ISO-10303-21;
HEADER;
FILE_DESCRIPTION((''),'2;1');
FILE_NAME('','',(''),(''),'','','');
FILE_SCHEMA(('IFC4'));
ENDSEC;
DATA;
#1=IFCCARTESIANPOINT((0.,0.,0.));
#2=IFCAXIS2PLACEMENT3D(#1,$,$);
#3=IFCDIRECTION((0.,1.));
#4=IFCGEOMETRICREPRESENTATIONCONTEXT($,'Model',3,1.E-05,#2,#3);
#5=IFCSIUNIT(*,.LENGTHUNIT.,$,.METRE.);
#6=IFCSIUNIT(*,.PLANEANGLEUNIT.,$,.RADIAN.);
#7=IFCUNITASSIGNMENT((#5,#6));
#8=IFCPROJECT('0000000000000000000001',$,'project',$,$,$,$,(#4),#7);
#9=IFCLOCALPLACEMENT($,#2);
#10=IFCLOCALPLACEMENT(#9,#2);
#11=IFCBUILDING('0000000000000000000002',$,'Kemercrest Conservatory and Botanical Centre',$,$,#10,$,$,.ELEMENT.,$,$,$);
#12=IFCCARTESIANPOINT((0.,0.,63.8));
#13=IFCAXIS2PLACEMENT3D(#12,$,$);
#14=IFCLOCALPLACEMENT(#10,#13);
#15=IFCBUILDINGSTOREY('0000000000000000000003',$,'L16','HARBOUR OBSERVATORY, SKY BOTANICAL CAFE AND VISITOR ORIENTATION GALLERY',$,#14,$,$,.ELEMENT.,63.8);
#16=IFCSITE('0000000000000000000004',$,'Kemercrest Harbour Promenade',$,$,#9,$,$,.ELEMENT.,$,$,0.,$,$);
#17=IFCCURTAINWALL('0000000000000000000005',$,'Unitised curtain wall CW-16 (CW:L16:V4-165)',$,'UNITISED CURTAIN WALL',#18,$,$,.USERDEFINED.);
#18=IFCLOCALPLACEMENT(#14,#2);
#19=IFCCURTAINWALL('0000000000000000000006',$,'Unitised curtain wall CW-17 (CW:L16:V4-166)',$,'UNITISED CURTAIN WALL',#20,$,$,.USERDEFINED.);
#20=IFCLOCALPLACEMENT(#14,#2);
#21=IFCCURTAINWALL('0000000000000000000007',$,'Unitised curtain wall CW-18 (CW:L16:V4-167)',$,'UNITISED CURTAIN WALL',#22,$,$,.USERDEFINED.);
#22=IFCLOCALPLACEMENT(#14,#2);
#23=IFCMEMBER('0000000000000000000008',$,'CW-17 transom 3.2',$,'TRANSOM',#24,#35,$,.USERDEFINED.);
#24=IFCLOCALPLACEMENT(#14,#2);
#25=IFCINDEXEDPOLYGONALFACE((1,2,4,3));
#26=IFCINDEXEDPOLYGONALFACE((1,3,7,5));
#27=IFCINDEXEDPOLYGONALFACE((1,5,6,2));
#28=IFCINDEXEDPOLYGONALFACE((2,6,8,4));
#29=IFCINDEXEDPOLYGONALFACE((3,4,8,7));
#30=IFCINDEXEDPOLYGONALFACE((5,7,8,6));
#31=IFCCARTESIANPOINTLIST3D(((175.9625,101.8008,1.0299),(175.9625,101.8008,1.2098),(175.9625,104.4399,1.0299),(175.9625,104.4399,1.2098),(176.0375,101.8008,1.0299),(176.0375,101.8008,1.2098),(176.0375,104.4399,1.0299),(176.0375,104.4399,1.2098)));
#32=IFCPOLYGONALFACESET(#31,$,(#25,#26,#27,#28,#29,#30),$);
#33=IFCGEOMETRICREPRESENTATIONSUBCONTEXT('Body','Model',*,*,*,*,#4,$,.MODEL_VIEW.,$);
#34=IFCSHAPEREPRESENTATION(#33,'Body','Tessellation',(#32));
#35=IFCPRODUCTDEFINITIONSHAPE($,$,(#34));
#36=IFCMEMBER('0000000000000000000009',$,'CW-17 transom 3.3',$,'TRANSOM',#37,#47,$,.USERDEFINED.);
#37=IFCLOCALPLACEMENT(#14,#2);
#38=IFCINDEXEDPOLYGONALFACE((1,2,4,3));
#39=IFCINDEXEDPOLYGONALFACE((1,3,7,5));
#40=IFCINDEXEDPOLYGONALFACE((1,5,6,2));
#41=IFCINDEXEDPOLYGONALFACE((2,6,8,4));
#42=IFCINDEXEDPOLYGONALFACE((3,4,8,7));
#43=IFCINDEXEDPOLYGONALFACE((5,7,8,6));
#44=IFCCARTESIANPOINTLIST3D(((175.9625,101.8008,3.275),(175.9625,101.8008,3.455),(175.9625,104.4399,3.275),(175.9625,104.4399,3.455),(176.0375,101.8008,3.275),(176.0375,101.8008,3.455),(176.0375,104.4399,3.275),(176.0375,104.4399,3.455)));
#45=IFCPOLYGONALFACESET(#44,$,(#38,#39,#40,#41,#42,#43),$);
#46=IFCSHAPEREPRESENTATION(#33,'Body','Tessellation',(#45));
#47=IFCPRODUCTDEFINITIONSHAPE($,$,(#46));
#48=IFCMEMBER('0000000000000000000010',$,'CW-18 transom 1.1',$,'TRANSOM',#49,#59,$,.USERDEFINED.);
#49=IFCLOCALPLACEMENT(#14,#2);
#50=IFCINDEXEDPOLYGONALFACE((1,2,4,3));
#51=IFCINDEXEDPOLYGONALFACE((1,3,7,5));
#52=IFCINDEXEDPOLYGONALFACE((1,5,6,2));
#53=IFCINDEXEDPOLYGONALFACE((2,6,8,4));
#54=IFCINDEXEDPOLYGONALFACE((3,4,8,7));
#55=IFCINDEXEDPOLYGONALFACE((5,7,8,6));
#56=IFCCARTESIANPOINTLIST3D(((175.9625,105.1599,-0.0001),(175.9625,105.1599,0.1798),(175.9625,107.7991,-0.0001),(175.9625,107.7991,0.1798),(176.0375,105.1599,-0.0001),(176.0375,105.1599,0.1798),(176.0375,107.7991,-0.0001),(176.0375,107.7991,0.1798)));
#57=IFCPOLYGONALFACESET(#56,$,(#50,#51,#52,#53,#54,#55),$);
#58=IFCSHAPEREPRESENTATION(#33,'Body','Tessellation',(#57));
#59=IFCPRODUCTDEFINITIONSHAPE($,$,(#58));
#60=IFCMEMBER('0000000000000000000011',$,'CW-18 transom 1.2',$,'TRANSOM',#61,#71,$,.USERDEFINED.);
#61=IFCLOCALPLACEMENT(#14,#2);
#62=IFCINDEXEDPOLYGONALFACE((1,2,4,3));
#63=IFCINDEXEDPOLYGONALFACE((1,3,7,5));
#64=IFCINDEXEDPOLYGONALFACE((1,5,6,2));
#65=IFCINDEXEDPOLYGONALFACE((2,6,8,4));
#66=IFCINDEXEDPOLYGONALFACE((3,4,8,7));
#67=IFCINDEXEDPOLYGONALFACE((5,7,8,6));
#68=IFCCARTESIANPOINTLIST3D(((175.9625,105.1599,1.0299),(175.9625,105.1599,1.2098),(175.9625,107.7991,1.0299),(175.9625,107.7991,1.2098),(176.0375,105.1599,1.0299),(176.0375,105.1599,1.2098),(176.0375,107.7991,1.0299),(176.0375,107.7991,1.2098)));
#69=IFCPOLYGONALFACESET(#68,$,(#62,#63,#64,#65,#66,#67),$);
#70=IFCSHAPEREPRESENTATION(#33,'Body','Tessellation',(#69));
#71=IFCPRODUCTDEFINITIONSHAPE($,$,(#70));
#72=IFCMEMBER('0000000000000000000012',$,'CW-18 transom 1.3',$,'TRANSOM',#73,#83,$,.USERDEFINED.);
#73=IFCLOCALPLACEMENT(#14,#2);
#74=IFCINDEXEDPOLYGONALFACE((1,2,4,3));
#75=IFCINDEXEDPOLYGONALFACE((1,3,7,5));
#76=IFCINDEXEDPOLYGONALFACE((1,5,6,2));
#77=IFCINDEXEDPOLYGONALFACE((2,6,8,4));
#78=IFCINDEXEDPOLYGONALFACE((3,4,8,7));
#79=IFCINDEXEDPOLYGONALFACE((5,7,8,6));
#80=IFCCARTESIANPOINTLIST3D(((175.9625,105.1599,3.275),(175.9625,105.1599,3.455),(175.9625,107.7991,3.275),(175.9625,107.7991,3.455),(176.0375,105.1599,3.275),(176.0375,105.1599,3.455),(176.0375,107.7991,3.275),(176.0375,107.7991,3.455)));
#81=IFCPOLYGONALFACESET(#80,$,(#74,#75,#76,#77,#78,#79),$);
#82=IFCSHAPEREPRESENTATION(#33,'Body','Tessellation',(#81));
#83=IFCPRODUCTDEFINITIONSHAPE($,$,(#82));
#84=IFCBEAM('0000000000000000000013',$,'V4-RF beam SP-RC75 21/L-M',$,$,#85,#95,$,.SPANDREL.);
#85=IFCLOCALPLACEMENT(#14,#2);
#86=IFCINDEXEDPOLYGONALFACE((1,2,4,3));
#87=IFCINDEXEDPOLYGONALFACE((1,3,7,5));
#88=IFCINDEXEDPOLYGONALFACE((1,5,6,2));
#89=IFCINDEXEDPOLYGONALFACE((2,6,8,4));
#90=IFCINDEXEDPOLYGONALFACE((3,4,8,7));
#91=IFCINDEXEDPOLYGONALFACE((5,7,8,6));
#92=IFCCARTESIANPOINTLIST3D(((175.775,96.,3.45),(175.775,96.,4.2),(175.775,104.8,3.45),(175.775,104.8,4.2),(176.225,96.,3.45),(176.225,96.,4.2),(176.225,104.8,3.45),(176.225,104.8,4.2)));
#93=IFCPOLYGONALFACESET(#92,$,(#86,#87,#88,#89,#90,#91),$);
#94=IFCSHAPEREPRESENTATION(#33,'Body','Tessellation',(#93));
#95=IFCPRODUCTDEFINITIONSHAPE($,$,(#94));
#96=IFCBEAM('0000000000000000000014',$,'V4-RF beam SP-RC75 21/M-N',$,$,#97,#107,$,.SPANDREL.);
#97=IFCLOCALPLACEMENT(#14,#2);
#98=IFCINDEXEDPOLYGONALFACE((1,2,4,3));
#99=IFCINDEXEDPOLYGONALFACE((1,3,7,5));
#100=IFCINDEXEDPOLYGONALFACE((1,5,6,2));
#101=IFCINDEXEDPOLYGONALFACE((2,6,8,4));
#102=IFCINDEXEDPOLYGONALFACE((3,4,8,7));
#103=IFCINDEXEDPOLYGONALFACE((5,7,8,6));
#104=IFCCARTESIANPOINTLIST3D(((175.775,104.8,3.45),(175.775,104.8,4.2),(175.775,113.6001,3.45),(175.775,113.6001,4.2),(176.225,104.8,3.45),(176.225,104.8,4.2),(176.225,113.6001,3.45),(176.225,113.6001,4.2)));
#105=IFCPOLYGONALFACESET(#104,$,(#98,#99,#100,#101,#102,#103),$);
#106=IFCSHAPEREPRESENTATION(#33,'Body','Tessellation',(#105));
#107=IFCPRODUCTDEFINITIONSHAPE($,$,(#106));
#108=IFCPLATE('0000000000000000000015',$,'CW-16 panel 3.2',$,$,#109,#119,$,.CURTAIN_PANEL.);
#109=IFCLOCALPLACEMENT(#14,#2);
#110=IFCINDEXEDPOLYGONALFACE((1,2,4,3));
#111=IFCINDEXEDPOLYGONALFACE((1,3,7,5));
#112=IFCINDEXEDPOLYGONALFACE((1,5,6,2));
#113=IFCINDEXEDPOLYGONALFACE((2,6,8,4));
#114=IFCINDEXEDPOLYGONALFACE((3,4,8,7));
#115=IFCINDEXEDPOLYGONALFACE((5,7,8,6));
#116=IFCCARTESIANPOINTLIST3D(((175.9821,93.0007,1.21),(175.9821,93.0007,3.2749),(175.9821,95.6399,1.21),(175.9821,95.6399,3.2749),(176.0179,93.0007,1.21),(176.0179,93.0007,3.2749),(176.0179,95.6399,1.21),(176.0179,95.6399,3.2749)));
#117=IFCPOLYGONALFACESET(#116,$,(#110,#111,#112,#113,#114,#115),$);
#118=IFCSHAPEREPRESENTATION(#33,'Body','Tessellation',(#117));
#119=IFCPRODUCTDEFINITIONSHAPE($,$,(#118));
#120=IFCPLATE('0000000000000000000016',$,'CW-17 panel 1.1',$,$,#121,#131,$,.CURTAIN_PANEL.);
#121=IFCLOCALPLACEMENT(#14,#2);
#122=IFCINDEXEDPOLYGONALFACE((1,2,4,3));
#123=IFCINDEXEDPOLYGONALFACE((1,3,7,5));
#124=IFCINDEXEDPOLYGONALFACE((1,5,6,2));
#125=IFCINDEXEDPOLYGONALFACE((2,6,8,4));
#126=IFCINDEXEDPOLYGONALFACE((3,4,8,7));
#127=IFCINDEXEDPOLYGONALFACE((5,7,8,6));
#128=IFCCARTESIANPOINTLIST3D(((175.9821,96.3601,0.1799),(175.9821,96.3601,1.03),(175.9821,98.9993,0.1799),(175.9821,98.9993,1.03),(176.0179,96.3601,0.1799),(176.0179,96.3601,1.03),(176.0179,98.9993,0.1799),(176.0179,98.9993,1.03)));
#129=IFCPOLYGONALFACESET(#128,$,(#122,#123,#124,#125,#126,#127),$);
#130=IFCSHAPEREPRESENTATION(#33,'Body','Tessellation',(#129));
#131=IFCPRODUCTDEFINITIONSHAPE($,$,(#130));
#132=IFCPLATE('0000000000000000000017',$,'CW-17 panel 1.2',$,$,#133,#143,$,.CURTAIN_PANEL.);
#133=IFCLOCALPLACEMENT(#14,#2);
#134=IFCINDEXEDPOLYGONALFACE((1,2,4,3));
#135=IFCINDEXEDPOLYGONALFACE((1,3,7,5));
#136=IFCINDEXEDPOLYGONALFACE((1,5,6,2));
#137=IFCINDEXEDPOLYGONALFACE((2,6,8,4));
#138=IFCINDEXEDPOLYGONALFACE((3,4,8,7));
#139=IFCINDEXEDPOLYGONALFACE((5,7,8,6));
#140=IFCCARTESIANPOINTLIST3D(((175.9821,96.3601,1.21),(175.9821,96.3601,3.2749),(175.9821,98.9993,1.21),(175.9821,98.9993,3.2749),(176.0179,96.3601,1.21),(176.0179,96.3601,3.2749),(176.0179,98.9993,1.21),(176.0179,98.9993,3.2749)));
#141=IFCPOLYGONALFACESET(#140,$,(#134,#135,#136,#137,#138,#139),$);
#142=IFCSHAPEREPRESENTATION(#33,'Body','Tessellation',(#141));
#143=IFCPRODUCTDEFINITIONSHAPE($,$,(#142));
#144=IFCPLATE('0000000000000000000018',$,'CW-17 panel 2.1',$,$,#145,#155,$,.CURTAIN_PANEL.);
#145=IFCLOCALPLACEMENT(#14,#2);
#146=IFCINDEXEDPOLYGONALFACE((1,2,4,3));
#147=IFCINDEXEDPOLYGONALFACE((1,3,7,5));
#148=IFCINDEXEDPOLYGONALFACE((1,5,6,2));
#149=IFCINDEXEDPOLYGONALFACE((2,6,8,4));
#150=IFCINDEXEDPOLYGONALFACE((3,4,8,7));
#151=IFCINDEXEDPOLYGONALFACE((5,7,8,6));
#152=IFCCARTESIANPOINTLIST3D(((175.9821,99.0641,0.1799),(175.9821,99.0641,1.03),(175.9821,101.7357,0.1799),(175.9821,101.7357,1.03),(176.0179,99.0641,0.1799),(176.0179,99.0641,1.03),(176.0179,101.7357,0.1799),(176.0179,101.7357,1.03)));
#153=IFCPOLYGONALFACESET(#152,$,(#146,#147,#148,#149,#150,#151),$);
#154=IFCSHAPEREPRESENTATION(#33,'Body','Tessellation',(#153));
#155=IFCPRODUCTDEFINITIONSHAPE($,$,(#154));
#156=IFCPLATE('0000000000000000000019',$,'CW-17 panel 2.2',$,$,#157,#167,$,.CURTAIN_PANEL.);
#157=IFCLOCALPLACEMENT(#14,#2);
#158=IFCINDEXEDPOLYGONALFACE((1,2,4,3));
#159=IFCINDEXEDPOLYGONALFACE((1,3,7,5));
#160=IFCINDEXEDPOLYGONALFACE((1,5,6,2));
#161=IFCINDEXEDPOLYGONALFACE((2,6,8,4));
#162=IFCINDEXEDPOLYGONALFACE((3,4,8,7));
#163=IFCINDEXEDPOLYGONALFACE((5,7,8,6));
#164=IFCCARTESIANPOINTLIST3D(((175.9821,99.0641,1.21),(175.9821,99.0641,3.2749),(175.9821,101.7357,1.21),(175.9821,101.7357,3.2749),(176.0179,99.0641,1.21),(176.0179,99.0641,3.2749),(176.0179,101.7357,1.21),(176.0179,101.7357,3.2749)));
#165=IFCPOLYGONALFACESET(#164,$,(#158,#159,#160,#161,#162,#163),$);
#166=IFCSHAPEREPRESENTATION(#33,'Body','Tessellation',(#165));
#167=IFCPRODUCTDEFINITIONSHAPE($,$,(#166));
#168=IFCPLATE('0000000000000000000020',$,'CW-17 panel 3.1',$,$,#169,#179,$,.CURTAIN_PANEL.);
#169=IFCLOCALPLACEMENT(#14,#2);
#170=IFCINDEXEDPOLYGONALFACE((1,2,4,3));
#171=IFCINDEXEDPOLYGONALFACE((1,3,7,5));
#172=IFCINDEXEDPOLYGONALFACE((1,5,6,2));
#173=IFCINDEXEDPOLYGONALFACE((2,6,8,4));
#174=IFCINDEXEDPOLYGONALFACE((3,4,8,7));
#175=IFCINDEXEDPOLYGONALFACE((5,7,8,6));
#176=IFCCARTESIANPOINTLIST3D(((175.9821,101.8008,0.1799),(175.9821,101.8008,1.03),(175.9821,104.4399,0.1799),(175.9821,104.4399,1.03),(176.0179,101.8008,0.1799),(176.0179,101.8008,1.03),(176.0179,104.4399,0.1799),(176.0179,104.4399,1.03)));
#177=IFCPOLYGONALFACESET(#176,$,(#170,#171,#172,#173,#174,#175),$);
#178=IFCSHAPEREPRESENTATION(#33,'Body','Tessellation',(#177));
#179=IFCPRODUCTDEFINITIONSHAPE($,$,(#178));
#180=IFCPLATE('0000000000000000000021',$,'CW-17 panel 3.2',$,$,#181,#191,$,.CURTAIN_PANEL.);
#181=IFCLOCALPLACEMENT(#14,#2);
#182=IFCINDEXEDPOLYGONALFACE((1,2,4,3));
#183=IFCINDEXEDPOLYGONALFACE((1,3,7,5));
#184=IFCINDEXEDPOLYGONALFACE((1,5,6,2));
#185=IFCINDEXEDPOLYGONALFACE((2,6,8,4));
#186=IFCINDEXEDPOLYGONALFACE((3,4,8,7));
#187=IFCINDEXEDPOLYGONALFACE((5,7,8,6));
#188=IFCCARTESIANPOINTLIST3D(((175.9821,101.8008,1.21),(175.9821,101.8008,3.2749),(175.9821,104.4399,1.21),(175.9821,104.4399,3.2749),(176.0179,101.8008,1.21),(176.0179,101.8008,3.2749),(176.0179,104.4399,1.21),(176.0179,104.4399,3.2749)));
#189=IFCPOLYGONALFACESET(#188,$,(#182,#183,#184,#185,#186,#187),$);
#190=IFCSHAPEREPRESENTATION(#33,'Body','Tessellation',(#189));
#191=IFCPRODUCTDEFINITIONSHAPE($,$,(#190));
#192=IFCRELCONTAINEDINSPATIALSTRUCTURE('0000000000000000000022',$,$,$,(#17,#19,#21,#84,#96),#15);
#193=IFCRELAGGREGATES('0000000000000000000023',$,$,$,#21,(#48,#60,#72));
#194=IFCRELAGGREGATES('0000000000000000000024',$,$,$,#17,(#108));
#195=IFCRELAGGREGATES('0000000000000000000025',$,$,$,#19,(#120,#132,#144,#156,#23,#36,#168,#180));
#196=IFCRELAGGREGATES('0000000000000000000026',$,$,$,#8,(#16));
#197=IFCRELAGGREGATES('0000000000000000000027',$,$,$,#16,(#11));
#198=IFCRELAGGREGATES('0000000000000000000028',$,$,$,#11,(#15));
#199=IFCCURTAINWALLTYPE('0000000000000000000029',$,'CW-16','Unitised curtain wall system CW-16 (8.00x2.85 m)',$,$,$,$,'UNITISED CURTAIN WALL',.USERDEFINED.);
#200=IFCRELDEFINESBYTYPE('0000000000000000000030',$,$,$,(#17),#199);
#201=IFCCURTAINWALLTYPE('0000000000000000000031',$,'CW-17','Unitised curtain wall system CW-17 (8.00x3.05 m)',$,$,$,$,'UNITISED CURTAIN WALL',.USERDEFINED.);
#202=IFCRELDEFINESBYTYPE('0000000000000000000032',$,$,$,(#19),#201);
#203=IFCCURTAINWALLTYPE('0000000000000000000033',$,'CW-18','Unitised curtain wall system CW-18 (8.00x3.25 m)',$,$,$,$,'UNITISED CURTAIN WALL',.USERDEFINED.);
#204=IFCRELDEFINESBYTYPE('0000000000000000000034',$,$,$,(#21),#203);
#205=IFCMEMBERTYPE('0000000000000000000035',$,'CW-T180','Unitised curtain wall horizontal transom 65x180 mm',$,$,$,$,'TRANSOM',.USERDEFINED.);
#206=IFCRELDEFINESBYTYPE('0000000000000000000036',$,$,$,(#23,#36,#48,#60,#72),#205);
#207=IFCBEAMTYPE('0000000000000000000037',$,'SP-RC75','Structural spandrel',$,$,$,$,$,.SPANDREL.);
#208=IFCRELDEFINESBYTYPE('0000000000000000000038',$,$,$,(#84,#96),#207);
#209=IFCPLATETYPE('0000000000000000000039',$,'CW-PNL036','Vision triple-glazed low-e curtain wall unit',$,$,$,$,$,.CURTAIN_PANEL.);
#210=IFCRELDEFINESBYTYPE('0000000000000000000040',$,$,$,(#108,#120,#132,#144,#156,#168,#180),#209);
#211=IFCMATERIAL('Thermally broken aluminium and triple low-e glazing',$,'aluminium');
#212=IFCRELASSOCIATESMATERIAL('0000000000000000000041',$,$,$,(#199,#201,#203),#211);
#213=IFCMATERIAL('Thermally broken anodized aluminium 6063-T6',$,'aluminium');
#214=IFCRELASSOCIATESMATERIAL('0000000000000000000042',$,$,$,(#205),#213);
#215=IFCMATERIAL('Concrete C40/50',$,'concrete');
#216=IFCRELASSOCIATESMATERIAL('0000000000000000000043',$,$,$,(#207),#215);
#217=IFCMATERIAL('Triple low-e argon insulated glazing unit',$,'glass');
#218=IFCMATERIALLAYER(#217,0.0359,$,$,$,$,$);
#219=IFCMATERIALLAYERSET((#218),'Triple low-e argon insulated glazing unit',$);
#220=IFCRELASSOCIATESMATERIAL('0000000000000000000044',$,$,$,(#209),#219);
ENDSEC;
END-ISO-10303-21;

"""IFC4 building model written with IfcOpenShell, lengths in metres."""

from ifc_helpers import new_model, si_unit, direction, frame, origin, origin_2d, place, context, subcontext, project, spatial, rectangle, extrude, material, layer, layer_set, material_profile, profile_set, type_object, element, aggregate, save


model = new_model("IFC4")

# Units and contexts
model_context = context("Model", 3, precision=1e-05, world=origin(), true_north=direction((0.0, 1.0)))
body_context = subcontext(model_context, "Body", "Model", "MODEL_VIEW")
ifc_project = project(units=[si_unit("LENGTHUNIT", "METRE"), si_unit("PLANEANGLEUNIT", "RADIAN")], contexts=[model_context])

# Site, building, storey
site_placement = place(None, origin())
site = spatial("IfcSite", under=ifc_project, at=site_placement, Name="Kemercrest Harbour Promenade", CompositionType="ELEMENT", RefElevation=0.0)
building_placement = place(site_placement, origin())
building = spatial("IfcBuilding", under=site, at=building_placement, Name="Kemercrest Conservatory and Botanical Centre", CompositionType="ELEMENT")
storey_placement = place(building_placement, frame((0.0, 0.0, 63.8)))
storey = spatial("IfcBuildingStorey", under=building, at=storey_placement, Name="L16", Description="HARBOUR OBSERVATORY, SKY BOTANICAL CAFE AND VISITOR ORIENTATION GALLERY", CompositionType="ELEMENT", Elevation=63.8)

# Shared definitions
ifc_material_1 = material(Name="Concrete C40/50", Category="concrete")

# Curtain wall
ifc_material_2 = material(Name="Thermally broken aluminium and triple low-e glazing", Category="aluminium")
curtain_wall_type_1 = type_object("IfcCurtainWallType", Name="CW-16", Description="Unitised curtain wall system CW-16 (8.00x2.85 m)", ElementType="UNITISED CURTAIN WALL", PredefinedType="USERDEFINED", material=ifc_material_2)
curtain_wall_1_placement = place(storey_placement, origin())
curtain_wall_1 = element("IfcCurtainWall", 1, at=curtain_wall_1_placement, inside=storey, type_object=curtain_wall_type_1, Name="Unitised curtain wall CW-16 (CW:L16:V4-165)", ObjectType="UNITISED CURTAIN WALL", PredefinedType="USERDEFINED")
ifc_material_3 = material(Name="Thermally broken anodized aluminium 6063-T6", Category="aluminium")

# Curtain wall
curtain_wall_type_2 = type_object("IfcCurtainWallType", Name="CW-17", Description="Unitised curtain wall system CW-17 (8.00x3.05 m)", ElementType="UNITISED CURTAIN WALL", PredefinedType="USERDEFINED", material=ifc_material_2)
curtain_wall_2_placement = place(storey_placement, origin())
curtain_wall_2 = element("IfcCurtainWall", 2, at=curtain_wall_2_placement, inside=storey, type_object=curtain_wall_type_2, Name="Unitised curtain wall CW-17 (CW:L16:V4-166)", ObjectType="UNITISED CURTAIN WALL", PredefinedType="USERDEFINED")

# Curtain wall
curtain_wall_type_3 = type_object("IfcCurtainWallType", Name="CW-18", Description="Unitised curtain wall system CW-18 (8.00x3.25 m)", ElementType="UNITISED CURTAIN WALL", PredefinedType="USERDEFINED", material=ifc_material_2)
curtain_wall_3_placement = place(storey_placement, origin())
curtain_wall_3 = element("IfcCurtainWall", 3, at=curtain_wall_3_placement, inside=storey, type_object=curtain_wall_type_3, Name="Unitised curtain wall CW-18 (CW:L16:V4-167)", ObjectType="UNITISED CURTAIN WALL", PredefinedType="USERDEFINED")

# Members
ifc_material_profile_1 = material_profile(ifc_material_3, rectangle(XDim=0.075, YDim=0.1799, at=origin_2d()), Name="AL TRANSOM 75x180")
ifc_profile_set_1 = profile_set([ifc_material_profile_1], Name="Thermally broken anodized aluminium 6063-T6")
member_type_1 = type_object("IfcMemberType", Name="CW-T180", Description="Unitised curtain wall horizontal transom 65x180 mm", ElementType="TRANSOM", PredefinedType="USERDEFINED", material=ifc_profile_set_1)
member_1_placement = place(storey_placement, frame((176.0, 101.8008, 1.1199), z_axis=(0.0, 1.0, 0.0), x_axis=(-1.0, 0.0, 0.0)))
member_1 = element("IfcMember", 4, at=member_1_placement, type_object=member_type_1, Name="CW-17 transom 3.2", ObjectType="TRANSOM", PredefinedType="USERDEFINED", context=body_context, shape_type="SweptSolid", body=[
    extrude(rectangle(XDim=0.075, YDim=0.1799, at=origin_2d()), origin(), (0.0, 0.0, 1.0), 2.6392),
])
member_2_placement = place(storey_placement, frame((176.0, 101.8008, 3.365), z_axis=(0.0, 1.0, 0.0), x_axis=(-1.0, 0.0, 0.0)))
member_2 = element("IfcMember", 5, at=member_2_placement, type_object=member_type_1, Name="CW-17 transom 3.3", ObjectType="TRANSOM", PredefinedType="USERDEFINED", context=body_context, shape_type="SweptSolid", body=[
    extrude(rectangle(XDim=0.075, YDim=0.1799, at=origin_2d()), origin(), (0.0, 0.0, 1.0), 2.6392),
])
member_3_placement = place(storey_placement, frame((176.0, 105.1599, 0.0898), z_axis=(0.0, 1.0, 0.0), x_axis=(-1.0, 0.0, 0.0)))
member_3 = element("IfcMember", 6, at=member_3_placement, type_object=member_type_1, Name="CW-18 transom 1.1", ObjectType="TRANSOM", PredefinedType="USERDEFINED", context=body_context, shape_type="SweptSolid", body=[
    extrude(rectangle(XDim=0.075, YDim=0.1799, at=origin_2d()), origin(), (0.0, 0.0, 1.0), 2.6392),
])
member_4_placement = place(storey_placement, frame((176.0, 105.1599, 1.1199), z_axis=(0.0, 1.0, 0.0), x_axis=(-1.0, 0.0, 0.0)))
member_4 = element("IfcMember", 7, at=member_4_placement, type_object=member_type_1, Name="CW-18 transom 1.2", ObjectType="TRANSOM", PredefinedType="USERDEFINED", context=body_context, shape_type="SweptSolid", body=[
    extrude(rectangle(XDim=0.075, YDim=0.1799, at=origin_2d()), origin(), (0.0, 0.0, 1.0), 2.6392),
])
member_5_placement = place(storey_placement, frame((176.0, 105.1599, 3.365), z_axis=(0.0, 1.0, 0.0), x_axis=(-1.0, 0.0, 0.0)))
member_5 = element("IfcMember", 8, at=member_5_placement, type_object=member_type_1, Name="CW-18 transom 1.3", ObjectType="TRANSOM", PredefinedType="USERDEFINED", context=body_context, shape_type="SweptSolid", body=[
    extrude(rectangle(XDim=0.075, YDim=0.1799, at=origin_2d()), origin(), (0.0, 0.0, 1.0), 2.6392),
])
aggregate(curtain_wall_3, [member_3, member_4, member_5])

# Beams
ifc_material_profile_2 = material_profile(ifc_material_1, rectangle(XDim=0.45, YDim=0.75, at=origin_2d()), Name="RC 450x750")
ifc_profile_set_2 = profile_set([ifc_material_profile_2], Name="Concrete C40/50")
beam_type = type_object("IfcBeamType", Name="SP-RC75", Description="Structural spandrel", PredefinedType="SPANDREL", material=ifc_profile_set_2)
for number, where, z_axis, x_axis, name in (
    (9, (176.0, 96.0, 3.825), (0.0, 1.0, 0.0), (-1.0, 0.0, 0.0), "V4-RF beam SP-RC75 21/L-M"),
    (10, (176.0, 104.8, 3.825), (0.0, 1.0, 0.0), (-1.0, 0.0, 0.0), "V4-RF beam SP-RC75 21/M-N"),
):
    element("IfcBeam", number, at=place(storey_placement, frame(where, z_axis=z_axis, x_axis=x_axis)), inside=storey, type_object=beam_type, Name=name, PredefinedType="SPANDREL", context=body_context, shape_type="SweptSolid", body=[
        extrude(rectangle(XDim=0.45, YDim=0.75, at=origin_2d()), origin(), (0.0, 0.0, 1.0), 8.8),
    ])

# Plates
ifc_material_4 = material(Name="Triple low-e argon insulated glazing unit", Category="glass")
ifc_layer = layer(ifc_material_4, 0.0359)
ifc_layer_set = layer_set([ifc_layer], Name="Triple low-e argon insulated glazing unit")
plate_type = type_object("IfcPlateType", Name="CW-PNL036", Description="Vision triple-glazed low-e curtain wall unit", PredefinedType="CURTAIN_PANEL", material=ifc_layer_set)
plate_1_placement = place(storey_placement, frame((176.0, 94.3203, 1.21), z_axis=(0.0, 0.0, 1.0), x_axis=(0.0, 1.0, 0.0)))
plate_1 = element("IfcPlate", 11, at=plate_1_placement, type_object=plate_type, Name="CW-16 panel 3.2", PredefinedType="CURTAIN_PANEL", context=body_context, shape_type="SweptSolid", body=[
    extrude(rectangle(XDim=2.6392, YDim=0.0359, at=origin_2d()), origin(), (0.0, 0.0, 1.0), 2.0649),
])
aggregate(curtain_wall_1, [plate_1])
plate_2_placement = place(storey_placement, frame((176.0, 97.6797, 0.1799), z_axis=(0.0, 0.0, 1.0), x_axis=(0.0, 1.0, 0.0)))
plate_2 = element("IfcPlate", 12, at=plate_2_placement, type_object=plate_type, Name="CW-17 panel 1.1", PredefinedType="CURTAIN_PANEL", context=body_context, shape_type="SweptSolid", body=[
    extrude(rectangle(XDim=2.6392, YDim=0.0359, at=origin_2d()), origin(), (0.0, 0.0, 1.0), 0.8501),
])
plate_3_placement = place(storey_placement, frame((176.0, 97.6797, 1.21), z_axis=(0.0, 0.0, 1.0), x_axis=(0.0, 1.0, 0.0)))
plate_3 = element("IfcPlate", 13, at=plate_3_placement, type_object=plate_type, Name="CW-17 panel 1.2", PredefinedType="CURTAIN_PANEL", context=body_context, shape_type="SweptSolid", body=[
    extrude(rectangle(XDim=2.6392, YDim=0.0359, at=origin_2d()), origin(), (0.0, 0.0, 1.0), 2.0649),
])
plate_4_placement = place(storey_placement, frame((176.0, 100.3999, 0.1799), z_axis=(0.0, 0.0, 1.0), x_axis=(0.0, 1.0, 0.0)))
plate_4 = element("IfcPlate", 14, at=plate_4_placement, type_object=plate_type, Name="CW-17 panel 2.1", PredefinedType="CURTAIN_PANEL", context=body_context, shape_type="SweptSolid", body=[
    extrude(rectangle(XDim=2.6716, YDim=0.0359, at=origin_2d()), origin(), (0.0, 0.0, 1.0), 0.8501),
])
plate_5_placement = place(storey_placement, frame((176.0, 100.3999, 1.21), z_axis=(0.0, 0.0, 1.0), x_axis=(0.0, 1.0, 0.0)))
plate_5 = element("IfcPlate", 15, at=plate_5_placement, type_object=plate_type, Name="CW-17 panel 2.2", PredefinedType="CURTAIN_PANEL", context=body_context, shape_type="SweptSolid", body=[
    extrude(rectangle(XDim=2.6716, YDim=0.0359, at=origin_2d()), origin(), (0.0, 0.0, 1.0), 2.0649),
])
plate_6_placement = place(storey_placement, frame((176.0, 103.1204, 0.1799), z_axis=(0.0, 0.0, 1.0), x_axis=(0.0, 1.0, 0.0)))
plate_6 = element("IfcPlate", 16, at=plate_6_placement, type_object=plate_type, Name="CW-17 panel 3.1", PredefinedType="CURTAIN_PANEL", context=body_context, shape_type="SweptSolid", body=[
    extrude(rectangle(XDim=2.6392, YDim=0.0359, at=origin_2d()), origin(), (0.0, 0.0, 1.0), 0.8501),
])
plate_7_placement = place(storey_placement, frame((176.0, 103.1204, 1.21), z_axis=(0.0, 0.0, 1.0), x_axis=(0.0, 1.0, 0.0)))
plate_7 = element("IfcPlate", 17, at=plate_7_placement, type_object=plate_type, Name="CW-17 panel 3.2", PredefinedType="CURTAIN_PANEL", context=body_context, shape_type="SweptSolid", body=[
    extrude(rectangle(XDim=2.6392, YDim=0.0359, at=origin_2d()), origin(), (0.0, 0.0, 1.0), 2.0649),
])
aggregate(curtain_wall_2, [plate_2, plate_3, plate_4, plate_5, member_1, member_2, plate_6, plate_7])

save(model, "model.ifc")
